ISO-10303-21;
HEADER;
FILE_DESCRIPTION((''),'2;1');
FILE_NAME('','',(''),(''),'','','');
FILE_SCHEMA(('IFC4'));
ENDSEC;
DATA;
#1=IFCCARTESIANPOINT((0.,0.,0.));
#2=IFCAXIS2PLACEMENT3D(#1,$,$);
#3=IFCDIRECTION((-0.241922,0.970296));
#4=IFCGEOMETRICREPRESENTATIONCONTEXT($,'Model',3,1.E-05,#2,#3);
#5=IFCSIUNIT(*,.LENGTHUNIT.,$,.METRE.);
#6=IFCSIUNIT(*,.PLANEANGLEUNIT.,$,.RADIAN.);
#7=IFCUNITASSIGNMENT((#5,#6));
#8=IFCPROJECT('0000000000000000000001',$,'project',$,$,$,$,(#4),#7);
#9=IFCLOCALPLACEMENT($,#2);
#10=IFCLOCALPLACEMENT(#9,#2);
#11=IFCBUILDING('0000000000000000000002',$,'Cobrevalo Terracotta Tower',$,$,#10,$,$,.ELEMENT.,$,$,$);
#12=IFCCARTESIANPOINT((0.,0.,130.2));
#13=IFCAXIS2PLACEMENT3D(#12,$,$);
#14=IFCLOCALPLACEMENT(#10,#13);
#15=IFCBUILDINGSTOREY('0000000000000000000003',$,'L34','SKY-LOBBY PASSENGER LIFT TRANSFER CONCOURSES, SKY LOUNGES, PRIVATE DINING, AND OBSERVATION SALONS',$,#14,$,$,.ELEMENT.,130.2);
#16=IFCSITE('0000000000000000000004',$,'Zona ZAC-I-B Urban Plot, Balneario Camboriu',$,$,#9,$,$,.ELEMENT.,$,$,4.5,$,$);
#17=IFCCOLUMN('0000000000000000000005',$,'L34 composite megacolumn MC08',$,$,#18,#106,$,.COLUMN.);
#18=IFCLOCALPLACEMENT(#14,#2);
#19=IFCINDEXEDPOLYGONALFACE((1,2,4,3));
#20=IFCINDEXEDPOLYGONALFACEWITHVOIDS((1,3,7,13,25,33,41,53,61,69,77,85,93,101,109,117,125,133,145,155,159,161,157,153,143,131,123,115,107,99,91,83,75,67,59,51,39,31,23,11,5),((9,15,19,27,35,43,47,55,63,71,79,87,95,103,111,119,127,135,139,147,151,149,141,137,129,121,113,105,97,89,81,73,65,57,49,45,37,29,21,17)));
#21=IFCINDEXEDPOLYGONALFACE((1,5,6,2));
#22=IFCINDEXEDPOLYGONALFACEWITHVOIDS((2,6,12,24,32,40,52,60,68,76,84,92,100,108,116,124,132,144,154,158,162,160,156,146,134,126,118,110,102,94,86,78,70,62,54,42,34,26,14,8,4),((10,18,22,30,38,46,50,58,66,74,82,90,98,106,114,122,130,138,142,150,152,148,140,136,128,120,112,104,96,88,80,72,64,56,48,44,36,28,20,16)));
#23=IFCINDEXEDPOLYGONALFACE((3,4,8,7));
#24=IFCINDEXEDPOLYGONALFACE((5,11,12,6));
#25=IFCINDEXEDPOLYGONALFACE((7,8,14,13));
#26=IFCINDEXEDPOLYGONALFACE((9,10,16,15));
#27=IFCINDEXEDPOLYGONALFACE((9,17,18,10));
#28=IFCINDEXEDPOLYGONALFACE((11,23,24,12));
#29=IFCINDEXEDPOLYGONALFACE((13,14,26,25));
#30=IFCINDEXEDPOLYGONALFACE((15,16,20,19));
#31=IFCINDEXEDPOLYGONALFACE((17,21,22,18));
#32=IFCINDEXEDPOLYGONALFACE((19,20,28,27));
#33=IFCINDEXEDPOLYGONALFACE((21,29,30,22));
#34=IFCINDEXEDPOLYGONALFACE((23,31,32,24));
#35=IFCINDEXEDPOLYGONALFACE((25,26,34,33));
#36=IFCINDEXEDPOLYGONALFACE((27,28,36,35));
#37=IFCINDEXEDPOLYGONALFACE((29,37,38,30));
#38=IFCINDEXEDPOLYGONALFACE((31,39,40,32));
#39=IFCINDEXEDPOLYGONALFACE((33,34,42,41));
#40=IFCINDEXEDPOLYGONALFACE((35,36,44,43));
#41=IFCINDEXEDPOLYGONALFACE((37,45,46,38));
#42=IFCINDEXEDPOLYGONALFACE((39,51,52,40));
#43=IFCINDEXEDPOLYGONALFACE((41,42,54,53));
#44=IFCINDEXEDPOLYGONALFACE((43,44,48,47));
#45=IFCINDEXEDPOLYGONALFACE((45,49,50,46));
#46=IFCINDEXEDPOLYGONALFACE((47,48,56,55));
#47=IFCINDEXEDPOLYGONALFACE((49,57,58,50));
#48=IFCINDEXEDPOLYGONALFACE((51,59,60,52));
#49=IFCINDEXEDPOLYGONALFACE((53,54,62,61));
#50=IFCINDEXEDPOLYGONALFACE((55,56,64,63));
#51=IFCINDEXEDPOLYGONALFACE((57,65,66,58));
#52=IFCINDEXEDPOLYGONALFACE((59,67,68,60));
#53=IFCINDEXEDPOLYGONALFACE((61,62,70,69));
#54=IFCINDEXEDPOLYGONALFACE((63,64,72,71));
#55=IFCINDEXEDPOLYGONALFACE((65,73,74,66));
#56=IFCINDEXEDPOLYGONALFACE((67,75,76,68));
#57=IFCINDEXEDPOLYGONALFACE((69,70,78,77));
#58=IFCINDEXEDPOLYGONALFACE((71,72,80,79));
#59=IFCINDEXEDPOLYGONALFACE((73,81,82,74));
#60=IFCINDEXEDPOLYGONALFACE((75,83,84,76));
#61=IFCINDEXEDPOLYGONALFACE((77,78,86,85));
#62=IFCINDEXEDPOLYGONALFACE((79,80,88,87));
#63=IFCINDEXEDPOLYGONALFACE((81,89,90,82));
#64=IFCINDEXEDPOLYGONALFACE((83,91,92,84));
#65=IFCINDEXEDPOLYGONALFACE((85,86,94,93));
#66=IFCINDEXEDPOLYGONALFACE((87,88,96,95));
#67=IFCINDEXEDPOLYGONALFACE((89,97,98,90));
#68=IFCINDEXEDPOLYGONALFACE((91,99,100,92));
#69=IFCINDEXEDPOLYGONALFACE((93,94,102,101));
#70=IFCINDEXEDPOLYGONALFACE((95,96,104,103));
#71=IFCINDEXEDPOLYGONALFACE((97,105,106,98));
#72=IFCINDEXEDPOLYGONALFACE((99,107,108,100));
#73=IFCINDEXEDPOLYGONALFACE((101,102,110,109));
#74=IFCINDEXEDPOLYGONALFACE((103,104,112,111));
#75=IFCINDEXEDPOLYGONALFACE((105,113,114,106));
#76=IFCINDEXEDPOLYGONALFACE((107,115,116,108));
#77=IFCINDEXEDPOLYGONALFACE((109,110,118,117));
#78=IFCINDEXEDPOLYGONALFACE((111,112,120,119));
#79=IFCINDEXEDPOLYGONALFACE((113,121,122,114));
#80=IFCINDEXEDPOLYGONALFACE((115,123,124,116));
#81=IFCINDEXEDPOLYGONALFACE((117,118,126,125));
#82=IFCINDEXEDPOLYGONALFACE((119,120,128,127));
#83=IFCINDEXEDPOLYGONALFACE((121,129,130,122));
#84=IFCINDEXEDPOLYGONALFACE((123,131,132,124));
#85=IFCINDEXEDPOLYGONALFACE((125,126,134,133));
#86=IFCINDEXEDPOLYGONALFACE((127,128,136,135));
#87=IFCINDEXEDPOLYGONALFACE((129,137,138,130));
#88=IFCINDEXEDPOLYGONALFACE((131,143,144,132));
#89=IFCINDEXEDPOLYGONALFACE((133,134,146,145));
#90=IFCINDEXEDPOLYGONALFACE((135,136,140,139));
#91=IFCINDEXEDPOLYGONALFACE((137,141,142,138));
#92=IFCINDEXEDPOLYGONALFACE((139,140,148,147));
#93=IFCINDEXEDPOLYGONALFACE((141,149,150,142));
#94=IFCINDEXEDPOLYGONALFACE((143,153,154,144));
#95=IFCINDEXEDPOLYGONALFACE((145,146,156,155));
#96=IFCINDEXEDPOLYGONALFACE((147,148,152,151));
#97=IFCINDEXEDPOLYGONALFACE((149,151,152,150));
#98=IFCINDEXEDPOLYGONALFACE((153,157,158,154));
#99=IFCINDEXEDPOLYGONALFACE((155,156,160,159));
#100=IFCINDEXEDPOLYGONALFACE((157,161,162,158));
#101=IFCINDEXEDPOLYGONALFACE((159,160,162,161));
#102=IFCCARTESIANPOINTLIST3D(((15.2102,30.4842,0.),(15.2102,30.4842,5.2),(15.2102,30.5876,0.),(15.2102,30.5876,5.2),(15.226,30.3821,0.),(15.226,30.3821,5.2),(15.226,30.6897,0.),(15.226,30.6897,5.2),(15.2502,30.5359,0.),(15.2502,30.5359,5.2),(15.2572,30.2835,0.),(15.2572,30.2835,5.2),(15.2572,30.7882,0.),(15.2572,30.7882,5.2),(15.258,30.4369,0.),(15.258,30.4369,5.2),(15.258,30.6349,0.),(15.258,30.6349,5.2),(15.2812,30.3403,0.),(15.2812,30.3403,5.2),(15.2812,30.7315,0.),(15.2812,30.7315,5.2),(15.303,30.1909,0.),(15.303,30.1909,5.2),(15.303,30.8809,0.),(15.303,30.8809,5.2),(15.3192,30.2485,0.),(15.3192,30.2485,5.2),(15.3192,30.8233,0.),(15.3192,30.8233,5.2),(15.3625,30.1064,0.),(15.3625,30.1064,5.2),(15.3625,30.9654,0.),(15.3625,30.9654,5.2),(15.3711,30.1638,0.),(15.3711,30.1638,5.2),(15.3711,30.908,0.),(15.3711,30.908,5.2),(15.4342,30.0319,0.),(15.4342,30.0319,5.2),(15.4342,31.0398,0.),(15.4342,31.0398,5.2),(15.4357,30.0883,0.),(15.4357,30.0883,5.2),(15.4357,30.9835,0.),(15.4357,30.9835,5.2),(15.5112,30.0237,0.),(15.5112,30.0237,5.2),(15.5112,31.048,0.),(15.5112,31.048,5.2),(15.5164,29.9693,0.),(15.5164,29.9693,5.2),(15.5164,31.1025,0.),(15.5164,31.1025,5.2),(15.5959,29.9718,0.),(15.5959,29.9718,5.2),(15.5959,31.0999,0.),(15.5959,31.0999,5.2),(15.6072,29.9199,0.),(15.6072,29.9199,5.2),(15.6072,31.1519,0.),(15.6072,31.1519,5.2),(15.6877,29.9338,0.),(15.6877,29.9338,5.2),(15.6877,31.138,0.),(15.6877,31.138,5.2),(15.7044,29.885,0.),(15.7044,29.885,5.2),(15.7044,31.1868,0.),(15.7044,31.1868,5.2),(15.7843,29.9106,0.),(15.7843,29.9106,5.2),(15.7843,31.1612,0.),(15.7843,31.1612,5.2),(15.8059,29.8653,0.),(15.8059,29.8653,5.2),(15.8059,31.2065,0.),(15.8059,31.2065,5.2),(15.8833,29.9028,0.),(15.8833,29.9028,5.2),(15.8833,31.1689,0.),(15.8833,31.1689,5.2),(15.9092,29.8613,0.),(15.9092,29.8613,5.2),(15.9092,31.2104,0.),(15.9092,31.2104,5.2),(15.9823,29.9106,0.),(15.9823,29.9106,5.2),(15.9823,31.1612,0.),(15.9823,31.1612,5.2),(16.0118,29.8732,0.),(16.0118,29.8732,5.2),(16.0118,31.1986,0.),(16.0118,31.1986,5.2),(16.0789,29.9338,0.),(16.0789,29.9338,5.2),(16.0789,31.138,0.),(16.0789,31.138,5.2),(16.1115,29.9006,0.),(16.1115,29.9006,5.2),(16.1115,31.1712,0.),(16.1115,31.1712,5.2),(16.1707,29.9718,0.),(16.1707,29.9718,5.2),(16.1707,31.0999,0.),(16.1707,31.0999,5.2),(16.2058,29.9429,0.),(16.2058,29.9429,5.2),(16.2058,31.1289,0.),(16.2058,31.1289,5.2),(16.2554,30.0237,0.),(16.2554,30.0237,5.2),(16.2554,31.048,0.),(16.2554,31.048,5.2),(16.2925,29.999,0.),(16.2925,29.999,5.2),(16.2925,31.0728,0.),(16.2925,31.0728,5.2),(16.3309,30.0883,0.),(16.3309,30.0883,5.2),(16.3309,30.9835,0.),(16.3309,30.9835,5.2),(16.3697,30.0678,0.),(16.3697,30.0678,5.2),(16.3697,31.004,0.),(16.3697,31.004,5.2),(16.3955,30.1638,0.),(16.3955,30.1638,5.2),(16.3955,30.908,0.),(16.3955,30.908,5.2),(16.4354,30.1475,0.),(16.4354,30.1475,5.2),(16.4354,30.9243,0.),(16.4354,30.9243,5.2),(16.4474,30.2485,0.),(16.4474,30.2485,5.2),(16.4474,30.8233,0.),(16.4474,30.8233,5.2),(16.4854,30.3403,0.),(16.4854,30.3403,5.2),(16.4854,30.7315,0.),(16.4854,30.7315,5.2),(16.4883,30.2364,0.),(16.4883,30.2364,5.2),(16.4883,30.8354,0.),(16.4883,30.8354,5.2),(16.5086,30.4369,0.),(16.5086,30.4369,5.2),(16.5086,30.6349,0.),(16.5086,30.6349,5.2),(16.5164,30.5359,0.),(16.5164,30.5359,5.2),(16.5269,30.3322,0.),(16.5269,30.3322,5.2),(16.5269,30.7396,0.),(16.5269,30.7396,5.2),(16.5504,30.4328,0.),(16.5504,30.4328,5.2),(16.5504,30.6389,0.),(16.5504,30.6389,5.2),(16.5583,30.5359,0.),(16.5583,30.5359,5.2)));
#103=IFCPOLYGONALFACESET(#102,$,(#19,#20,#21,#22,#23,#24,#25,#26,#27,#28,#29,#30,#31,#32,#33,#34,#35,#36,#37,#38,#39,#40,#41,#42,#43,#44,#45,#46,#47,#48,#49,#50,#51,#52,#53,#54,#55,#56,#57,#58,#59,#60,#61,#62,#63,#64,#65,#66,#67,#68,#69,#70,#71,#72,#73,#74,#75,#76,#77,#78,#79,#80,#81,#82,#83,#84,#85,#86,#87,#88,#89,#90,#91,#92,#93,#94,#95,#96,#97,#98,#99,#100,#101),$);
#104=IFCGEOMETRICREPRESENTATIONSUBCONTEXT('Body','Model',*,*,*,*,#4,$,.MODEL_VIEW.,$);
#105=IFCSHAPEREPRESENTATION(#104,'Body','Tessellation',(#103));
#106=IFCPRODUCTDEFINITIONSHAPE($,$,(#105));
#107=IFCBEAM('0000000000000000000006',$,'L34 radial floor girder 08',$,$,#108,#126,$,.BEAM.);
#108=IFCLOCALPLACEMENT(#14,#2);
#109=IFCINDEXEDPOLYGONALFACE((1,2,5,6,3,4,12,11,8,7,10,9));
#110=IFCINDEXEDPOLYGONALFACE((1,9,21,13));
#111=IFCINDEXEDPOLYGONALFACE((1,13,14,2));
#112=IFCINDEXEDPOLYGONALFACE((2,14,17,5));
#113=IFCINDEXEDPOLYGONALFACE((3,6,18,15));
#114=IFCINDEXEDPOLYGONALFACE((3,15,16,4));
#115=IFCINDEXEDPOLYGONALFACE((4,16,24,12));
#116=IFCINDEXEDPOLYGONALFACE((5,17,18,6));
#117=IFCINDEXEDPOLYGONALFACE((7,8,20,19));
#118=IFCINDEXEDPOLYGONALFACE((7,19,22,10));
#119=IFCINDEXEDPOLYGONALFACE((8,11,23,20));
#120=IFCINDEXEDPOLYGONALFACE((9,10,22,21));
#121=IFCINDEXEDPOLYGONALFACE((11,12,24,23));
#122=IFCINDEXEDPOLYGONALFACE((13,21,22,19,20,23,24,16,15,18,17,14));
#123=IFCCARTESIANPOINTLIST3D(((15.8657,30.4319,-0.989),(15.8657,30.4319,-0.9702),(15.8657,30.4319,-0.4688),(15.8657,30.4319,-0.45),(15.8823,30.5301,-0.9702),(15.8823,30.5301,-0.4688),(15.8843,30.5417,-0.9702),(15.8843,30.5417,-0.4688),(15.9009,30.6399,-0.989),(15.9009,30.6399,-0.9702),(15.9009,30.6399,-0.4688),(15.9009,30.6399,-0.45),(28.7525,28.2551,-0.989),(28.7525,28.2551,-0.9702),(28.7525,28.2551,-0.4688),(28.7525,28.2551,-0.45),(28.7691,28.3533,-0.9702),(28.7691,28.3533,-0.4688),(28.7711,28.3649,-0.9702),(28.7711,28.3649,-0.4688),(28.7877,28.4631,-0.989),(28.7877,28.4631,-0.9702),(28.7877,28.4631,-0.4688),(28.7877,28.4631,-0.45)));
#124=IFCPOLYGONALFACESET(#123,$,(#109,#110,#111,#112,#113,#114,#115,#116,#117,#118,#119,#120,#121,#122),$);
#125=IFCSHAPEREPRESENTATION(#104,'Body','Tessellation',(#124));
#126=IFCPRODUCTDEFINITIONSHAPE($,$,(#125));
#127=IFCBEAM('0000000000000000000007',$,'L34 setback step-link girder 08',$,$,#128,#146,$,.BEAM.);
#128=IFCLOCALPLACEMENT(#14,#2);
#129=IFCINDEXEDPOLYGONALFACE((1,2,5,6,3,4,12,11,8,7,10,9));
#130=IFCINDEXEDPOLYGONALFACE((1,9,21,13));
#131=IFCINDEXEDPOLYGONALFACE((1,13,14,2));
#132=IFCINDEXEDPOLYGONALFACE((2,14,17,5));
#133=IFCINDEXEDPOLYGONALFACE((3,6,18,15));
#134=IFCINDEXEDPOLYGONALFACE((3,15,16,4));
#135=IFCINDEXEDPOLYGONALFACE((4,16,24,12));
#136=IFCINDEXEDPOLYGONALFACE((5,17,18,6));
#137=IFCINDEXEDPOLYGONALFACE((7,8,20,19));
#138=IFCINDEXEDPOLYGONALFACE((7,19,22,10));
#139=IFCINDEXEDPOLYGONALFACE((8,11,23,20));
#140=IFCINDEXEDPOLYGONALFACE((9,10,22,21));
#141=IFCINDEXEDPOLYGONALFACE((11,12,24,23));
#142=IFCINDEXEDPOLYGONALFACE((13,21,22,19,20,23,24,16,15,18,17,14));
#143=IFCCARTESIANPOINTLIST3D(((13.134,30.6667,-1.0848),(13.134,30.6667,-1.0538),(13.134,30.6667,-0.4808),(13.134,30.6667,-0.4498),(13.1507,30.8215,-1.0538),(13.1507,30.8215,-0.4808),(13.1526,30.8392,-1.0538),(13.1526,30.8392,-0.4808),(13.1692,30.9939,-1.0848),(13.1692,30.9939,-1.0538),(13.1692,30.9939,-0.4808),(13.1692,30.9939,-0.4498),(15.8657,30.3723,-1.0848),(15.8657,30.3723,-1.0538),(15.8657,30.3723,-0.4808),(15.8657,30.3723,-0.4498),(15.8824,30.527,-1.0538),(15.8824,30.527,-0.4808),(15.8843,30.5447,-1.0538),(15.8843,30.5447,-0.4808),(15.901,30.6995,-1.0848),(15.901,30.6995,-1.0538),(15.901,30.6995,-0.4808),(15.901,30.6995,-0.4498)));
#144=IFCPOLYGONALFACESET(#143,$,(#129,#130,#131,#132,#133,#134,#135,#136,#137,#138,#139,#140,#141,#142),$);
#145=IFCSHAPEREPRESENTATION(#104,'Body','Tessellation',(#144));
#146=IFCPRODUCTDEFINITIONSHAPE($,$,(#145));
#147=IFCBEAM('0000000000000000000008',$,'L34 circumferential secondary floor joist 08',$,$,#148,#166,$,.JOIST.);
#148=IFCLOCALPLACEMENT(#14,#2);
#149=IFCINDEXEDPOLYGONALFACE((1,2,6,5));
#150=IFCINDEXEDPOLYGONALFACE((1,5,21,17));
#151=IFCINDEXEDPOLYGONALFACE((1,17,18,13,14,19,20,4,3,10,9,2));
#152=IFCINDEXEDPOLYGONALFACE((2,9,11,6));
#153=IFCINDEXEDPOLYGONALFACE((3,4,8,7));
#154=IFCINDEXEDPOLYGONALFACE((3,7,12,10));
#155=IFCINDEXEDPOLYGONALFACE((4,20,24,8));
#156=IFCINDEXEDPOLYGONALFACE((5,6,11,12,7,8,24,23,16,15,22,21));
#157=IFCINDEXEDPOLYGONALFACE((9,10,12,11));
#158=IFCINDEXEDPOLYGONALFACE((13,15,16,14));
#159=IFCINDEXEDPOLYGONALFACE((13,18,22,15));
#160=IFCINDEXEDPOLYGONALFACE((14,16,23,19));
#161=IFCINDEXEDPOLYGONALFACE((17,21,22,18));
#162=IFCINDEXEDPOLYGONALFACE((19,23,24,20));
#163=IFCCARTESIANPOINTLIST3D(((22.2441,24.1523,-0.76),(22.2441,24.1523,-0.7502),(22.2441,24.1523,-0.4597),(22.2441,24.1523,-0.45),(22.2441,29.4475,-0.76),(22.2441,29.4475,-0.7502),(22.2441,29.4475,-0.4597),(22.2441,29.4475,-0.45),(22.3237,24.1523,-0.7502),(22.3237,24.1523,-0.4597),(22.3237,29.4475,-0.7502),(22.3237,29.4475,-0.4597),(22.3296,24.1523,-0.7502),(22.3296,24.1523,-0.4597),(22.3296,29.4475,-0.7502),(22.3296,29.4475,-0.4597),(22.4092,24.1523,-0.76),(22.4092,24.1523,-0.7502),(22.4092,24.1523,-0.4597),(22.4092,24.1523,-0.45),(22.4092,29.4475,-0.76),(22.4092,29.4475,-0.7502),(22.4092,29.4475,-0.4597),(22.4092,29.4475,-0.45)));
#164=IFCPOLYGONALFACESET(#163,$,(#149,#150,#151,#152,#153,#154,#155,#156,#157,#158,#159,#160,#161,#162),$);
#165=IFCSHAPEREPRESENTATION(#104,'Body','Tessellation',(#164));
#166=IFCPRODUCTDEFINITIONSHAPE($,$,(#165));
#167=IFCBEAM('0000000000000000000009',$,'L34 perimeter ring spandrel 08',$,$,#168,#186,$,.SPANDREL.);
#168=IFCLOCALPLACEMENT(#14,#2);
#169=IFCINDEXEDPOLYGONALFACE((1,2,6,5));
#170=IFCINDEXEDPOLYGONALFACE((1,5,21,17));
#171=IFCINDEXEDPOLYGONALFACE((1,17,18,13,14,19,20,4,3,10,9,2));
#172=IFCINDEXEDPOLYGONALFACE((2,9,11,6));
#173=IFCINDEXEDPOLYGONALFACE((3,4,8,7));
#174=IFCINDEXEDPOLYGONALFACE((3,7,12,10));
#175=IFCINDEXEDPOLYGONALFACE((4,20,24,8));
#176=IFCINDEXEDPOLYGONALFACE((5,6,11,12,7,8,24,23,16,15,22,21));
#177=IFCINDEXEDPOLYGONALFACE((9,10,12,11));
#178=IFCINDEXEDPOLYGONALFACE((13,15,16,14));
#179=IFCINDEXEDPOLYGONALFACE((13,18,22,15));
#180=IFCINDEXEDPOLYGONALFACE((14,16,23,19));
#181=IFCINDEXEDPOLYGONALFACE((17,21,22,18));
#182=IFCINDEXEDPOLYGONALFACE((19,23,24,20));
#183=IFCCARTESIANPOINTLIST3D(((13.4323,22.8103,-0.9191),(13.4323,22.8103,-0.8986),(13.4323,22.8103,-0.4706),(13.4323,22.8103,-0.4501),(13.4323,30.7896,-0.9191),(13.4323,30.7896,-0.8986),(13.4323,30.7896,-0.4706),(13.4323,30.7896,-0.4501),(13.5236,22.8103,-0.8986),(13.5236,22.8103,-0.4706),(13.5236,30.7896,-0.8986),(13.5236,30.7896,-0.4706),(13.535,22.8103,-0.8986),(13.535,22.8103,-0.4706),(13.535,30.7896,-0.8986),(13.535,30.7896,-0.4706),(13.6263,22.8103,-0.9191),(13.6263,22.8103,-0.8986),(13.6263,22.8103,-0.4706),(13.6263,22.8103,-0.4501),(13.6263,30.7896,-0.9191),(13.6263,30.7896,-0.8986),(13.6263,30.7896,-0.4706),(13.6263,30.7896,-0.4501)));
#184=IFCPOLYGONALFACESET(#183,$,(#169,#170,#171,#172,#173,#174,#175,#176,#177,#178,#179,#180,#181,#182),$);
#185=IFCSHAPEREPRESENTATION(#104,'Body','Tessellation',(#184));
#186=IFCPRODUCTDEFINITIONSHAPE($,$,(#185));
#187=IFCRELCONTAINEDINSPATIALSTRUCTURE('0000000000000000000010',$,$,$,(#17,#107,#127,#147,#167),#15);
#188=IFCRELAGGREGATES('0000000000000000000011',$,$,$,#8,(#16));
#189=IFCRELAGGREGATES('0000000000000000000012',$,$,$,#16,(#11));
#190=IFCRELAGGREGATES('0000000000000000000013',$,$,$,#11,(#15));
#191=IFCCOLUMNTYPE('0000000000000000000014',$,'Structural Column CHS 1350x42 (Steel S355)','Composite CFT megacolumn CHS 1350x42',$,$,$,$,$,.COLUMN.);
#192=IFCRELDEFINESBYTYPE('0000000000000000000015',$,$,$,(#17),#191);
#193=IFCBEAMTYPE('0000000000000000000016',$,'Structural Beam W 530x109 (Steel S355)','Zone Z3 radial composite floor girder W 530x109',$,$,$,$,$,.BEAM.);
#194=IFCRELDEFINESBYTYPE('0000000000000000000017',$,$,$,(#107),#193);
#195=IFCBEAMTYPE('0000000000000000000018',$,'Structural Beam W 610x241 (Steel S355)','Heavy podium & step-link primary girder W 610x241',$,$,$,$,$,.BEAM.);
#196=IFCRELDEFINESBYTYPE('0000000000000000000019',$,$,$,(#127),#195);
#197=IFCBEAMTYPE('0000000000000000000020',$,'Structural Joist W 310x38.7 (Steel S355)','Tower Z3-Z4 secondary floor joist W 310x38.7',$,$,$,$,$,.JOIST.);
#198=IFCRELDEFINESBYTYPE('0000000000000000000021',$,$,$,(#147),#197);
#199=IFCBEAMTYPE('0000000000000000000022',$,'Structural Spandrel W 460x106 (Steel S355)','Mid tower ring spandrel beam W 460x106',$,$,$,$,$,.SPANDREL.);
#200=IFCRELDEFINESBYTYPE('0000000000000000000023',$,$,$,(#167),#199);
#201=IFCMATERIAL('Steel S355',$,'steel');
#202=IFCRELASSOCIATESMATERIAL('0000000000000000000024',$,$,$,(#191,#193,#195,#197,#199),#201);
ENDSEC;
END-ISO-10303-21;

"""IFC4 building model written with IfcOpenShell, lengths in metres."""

from ifc_helpers import new_model, si_unit, direction, frame, origin, origin_2d, place, context, subcontext, project, spatial, hollow_circle, i_section, extrude, material, material_profile, profile_set, type_object, element, save


model = new_model("IFC4")

# Units and contexts
model_context = context("Model", 3, precision=1e-05, world=origin(), true_north=direction((-0.241922, 0.970296)))
body_context = subcontext(model_context, "Body", "Model", "MODEL_VIEW")
ifc_project = project(units=[si_unit("LENGTHUNIT", "METRE"), si_unit("PLANEANGLEUNIT", "RADIAN")], contexts=[model_context])

# Site, building, storey
site_placement = place(None, origin())
site = spatial("IfcSite", under=ifc_project, at=site_placement, Name="Zona ZAC-I-B Urban Plot, Balneario Camboriu", CompositionType="ELEMENT", RefElevation=4.5)
building_placement = place(site_placement, origin())
building = spatial("IfcBuilding", under=site, at=building_placement, Name="Cobrevalo Terracotta Tower", CompositionType="ELEMENT")
storey_placement = place(building_placement, frame((0.0, 0.0, 130.2)))
storey = spatial("IfcBuildingStorey", under=building, at=storey_placement, Name="L34", Description="SKY-LOBBY PASSENGER LIFT TRANSFER CONCOURSES, SKY LOUNGES, PRIVATE DINING, AND OBSERVATION SALONS", CompositionType="ELEMENT", Elevation=130.2)

# Column
ifc_material_1 = material(Name="Steel S355", Category="steel")
ifc_material_profile_1 = material_profile(ifc_material_1, hollow_circle(Radius=0.675, WallThickness=0.042, at=origin_2d()), Name="CHS 1350x42")
ifc_profile_set_1 = profile_set([ifc_material_profile_1], Name="Steel S355")
column_type = type_object("IfcColumnType", Name="Structural Column CHS 1350x42 (Steel S355)", Description="Composite CFT megacolumn CHS 1350x42", PredefinedType="COLUMN", material=ifc_profile_set_1)
column_placement = place(storey_placement, frame((15.8833, 30.5359, 0.0), z_axis=(0.0, 0.0, 1.0), x_axis=(1.0, 0.0, 0.0)))
element("IfcColumn", 1, at=column_placement, inside=storey, type_object=column_type, Name="L34 composite megacolumn MC08", PredefinedType="COLUMN", context=body_context, shape_type="SweptSolid", body=[
    extrude(hollow_circle(Radius=0.675, WallThickness=0.042, at=origin_2d()), origin(), (0.0, 0.0, 1.0), 5.2),
])

# Beams
ifc_material_profile_2 = material_profile(ifc_material_1, i_section(OverallWidth=0.2109, OverallDepth=0.5391, WebThickness=0.0117, FlangeThickness=0.0188, at=origin_2d()), Name="W 530x109")
ifc_profile_set_2 = profile_set([ifc_material_profile_2], Name="Steel S355")
beam_type_1 = type_object("IfcBeamType", Name="Structural Beam W 530x109 (Steel S355)", Description="Zone Z3 radial composite floor girder W 530x109", PredefinedType="BEAM", material=ifc_profile_set_2)
beam_1_placement = place(storey_placement, frame((15.8833, 30.5359, -0.7195), z_axis=(0.986032, -0.166555, 0.0), x_axis=(0.166555, 0.986032, 0.0)))
element("IfcBeam", 2, at=beam_1_placement, inside=storey, type_object=beam_type_1, Name="L34 radial floor girder 08", PredefinedType="BEAM", context=body_context, shape_type="SweptSolid", body=[
    extrude(i_section(OverallWidth=0.2109, OverallDepth=0.5391, WebThickness=0.0117, FlangeThickness=0.0188, at=origin_2d()), origin(), (0.0, 0.0, 1.0), 13.0693),
])
ifc_material_profile_3 = material_profile(ifc_material_1, i_section(OverallWidth=0.3291, OverallDepth=0.635, WebThickness=0.0178, FlangeThickness=0.031, at=origin_2d()), Name="W 610x241")
ifc_profile_set_3 = profile_set([ifc_material_profile_3], Name="Steel S355")
beam_type_2 = type_object("IfcBeamType", Name="Structural Beam W 610x241 (Steel S355)", Description="Heavy podium & step-link primary girder W 610x241", PredefinedType="BEAM", material=ifc_profile_set_3)
beam_2_placement = place(storey_placement, frame((13.1516, 30.8303, -0.7673), z_axis=(0.994241, -0.107164, 0.0), x_axis=(0.107164, 0.994241, 0.0)))
element("IfcBeam", 3, at=beam_2_placement, inside=storey, type_object=beam_type_2, Name="L34 setback step-link girder 08", PredefinedType="BEAM", context=body_context, shape_type="SweptSolid", body=[
    extrude(i_section(OverallWidth=0.3291, OverallDepth=0.635, WebThickness=0.0178, FlangeThickness=0.031, at=origin_2d()), origin(), (0.0, 0.0, 1.0), 2.7476),
])
ifc_material_profile_4 = material_profile(ifc_material_1, i_section(OverallWidth=0.165, OverallDepth=0.3101, WebThickness=0.0059, FlangeThickness=0.0098, at=origin_2d()), Name="W 310x38.7")
ifc_profile_set_4 = profile_set([ifc_material_profile_4], Name="Steel S355")
beam_type_3 = type_object("IfcBeamType", Name="Structural Joist W 310x38.7 (Steel S355)", Description="Tower Z3-Z4 secondary floor joist W 310x38.7", PredefinedType="JOIST", material=ifc_profile_set_4)
beam_3_placement = place(storey_placement, frame((22.3267, 29.4475, -0.605), z_axis=(0.0, -1.0, 0.0), x_axis=(1.0, 0.0, 0.0)))
element("IfcBeam", 4, at=beam_3_placement, inside=storey, type_object=beam_type_3, Name="L34 circumferential secondary floor joist 08", PredefinedType="JOIST", context=body_context, shape_type="SweptSolid", body=[
    extrude(i_section(OverallWidth=0.165, OverallDepth=0.3101, WebThickness=0.0059, FlangeThickness=0.0098, at=origin_2d()), origin(), (0.0, 0.0, 1.0), 5.2952),
])
ifc_material_profile_5 = material_profile(ifc_material_1, i_section(OverallWidth=0.1941, OverallDepth=0.469, WebThickness=0.0115, FlangeThickness=0.0205, at=origin_2d()), Name="W 460x106")
ifc_profile_set_5 = profile_set([ifc_material_profile_5], Name="Steel S355")
beam_type_4 = type_object("IfcBeamType", Name="Structural Spandrel W 460x106 (Steel S355)", Description="Mid tower ring spandrel beam W 460x106", PredefinedType="SPANDREL", material=ifc_profile_set_5)
beam_4_placement = place(storey_placement, frame((13.5293, 30.7896, -0.6846), z_axis=(0.0, -1.0, 0.0), x_axis=(1.0, 0.0, 0.0)))
element("IfcBeam", 5, at=beam_4_placement, inside=storey, type_object=beam_type_4, Name="L34 perimeter ring spandrel 08", PredefinedType="SPANDREL", context=body_context, shape_type="SweptSolid", body=[
    extrude(i_section(OverallWidth=0.1941, OverallDepth=0.469, WebThickness=0.0115, FlangeThickness=0.0205, at=origin_2d()), origin(), (0.0, 0.0, 1.0), 7.9792),
])

save(model, "model.ifc")
